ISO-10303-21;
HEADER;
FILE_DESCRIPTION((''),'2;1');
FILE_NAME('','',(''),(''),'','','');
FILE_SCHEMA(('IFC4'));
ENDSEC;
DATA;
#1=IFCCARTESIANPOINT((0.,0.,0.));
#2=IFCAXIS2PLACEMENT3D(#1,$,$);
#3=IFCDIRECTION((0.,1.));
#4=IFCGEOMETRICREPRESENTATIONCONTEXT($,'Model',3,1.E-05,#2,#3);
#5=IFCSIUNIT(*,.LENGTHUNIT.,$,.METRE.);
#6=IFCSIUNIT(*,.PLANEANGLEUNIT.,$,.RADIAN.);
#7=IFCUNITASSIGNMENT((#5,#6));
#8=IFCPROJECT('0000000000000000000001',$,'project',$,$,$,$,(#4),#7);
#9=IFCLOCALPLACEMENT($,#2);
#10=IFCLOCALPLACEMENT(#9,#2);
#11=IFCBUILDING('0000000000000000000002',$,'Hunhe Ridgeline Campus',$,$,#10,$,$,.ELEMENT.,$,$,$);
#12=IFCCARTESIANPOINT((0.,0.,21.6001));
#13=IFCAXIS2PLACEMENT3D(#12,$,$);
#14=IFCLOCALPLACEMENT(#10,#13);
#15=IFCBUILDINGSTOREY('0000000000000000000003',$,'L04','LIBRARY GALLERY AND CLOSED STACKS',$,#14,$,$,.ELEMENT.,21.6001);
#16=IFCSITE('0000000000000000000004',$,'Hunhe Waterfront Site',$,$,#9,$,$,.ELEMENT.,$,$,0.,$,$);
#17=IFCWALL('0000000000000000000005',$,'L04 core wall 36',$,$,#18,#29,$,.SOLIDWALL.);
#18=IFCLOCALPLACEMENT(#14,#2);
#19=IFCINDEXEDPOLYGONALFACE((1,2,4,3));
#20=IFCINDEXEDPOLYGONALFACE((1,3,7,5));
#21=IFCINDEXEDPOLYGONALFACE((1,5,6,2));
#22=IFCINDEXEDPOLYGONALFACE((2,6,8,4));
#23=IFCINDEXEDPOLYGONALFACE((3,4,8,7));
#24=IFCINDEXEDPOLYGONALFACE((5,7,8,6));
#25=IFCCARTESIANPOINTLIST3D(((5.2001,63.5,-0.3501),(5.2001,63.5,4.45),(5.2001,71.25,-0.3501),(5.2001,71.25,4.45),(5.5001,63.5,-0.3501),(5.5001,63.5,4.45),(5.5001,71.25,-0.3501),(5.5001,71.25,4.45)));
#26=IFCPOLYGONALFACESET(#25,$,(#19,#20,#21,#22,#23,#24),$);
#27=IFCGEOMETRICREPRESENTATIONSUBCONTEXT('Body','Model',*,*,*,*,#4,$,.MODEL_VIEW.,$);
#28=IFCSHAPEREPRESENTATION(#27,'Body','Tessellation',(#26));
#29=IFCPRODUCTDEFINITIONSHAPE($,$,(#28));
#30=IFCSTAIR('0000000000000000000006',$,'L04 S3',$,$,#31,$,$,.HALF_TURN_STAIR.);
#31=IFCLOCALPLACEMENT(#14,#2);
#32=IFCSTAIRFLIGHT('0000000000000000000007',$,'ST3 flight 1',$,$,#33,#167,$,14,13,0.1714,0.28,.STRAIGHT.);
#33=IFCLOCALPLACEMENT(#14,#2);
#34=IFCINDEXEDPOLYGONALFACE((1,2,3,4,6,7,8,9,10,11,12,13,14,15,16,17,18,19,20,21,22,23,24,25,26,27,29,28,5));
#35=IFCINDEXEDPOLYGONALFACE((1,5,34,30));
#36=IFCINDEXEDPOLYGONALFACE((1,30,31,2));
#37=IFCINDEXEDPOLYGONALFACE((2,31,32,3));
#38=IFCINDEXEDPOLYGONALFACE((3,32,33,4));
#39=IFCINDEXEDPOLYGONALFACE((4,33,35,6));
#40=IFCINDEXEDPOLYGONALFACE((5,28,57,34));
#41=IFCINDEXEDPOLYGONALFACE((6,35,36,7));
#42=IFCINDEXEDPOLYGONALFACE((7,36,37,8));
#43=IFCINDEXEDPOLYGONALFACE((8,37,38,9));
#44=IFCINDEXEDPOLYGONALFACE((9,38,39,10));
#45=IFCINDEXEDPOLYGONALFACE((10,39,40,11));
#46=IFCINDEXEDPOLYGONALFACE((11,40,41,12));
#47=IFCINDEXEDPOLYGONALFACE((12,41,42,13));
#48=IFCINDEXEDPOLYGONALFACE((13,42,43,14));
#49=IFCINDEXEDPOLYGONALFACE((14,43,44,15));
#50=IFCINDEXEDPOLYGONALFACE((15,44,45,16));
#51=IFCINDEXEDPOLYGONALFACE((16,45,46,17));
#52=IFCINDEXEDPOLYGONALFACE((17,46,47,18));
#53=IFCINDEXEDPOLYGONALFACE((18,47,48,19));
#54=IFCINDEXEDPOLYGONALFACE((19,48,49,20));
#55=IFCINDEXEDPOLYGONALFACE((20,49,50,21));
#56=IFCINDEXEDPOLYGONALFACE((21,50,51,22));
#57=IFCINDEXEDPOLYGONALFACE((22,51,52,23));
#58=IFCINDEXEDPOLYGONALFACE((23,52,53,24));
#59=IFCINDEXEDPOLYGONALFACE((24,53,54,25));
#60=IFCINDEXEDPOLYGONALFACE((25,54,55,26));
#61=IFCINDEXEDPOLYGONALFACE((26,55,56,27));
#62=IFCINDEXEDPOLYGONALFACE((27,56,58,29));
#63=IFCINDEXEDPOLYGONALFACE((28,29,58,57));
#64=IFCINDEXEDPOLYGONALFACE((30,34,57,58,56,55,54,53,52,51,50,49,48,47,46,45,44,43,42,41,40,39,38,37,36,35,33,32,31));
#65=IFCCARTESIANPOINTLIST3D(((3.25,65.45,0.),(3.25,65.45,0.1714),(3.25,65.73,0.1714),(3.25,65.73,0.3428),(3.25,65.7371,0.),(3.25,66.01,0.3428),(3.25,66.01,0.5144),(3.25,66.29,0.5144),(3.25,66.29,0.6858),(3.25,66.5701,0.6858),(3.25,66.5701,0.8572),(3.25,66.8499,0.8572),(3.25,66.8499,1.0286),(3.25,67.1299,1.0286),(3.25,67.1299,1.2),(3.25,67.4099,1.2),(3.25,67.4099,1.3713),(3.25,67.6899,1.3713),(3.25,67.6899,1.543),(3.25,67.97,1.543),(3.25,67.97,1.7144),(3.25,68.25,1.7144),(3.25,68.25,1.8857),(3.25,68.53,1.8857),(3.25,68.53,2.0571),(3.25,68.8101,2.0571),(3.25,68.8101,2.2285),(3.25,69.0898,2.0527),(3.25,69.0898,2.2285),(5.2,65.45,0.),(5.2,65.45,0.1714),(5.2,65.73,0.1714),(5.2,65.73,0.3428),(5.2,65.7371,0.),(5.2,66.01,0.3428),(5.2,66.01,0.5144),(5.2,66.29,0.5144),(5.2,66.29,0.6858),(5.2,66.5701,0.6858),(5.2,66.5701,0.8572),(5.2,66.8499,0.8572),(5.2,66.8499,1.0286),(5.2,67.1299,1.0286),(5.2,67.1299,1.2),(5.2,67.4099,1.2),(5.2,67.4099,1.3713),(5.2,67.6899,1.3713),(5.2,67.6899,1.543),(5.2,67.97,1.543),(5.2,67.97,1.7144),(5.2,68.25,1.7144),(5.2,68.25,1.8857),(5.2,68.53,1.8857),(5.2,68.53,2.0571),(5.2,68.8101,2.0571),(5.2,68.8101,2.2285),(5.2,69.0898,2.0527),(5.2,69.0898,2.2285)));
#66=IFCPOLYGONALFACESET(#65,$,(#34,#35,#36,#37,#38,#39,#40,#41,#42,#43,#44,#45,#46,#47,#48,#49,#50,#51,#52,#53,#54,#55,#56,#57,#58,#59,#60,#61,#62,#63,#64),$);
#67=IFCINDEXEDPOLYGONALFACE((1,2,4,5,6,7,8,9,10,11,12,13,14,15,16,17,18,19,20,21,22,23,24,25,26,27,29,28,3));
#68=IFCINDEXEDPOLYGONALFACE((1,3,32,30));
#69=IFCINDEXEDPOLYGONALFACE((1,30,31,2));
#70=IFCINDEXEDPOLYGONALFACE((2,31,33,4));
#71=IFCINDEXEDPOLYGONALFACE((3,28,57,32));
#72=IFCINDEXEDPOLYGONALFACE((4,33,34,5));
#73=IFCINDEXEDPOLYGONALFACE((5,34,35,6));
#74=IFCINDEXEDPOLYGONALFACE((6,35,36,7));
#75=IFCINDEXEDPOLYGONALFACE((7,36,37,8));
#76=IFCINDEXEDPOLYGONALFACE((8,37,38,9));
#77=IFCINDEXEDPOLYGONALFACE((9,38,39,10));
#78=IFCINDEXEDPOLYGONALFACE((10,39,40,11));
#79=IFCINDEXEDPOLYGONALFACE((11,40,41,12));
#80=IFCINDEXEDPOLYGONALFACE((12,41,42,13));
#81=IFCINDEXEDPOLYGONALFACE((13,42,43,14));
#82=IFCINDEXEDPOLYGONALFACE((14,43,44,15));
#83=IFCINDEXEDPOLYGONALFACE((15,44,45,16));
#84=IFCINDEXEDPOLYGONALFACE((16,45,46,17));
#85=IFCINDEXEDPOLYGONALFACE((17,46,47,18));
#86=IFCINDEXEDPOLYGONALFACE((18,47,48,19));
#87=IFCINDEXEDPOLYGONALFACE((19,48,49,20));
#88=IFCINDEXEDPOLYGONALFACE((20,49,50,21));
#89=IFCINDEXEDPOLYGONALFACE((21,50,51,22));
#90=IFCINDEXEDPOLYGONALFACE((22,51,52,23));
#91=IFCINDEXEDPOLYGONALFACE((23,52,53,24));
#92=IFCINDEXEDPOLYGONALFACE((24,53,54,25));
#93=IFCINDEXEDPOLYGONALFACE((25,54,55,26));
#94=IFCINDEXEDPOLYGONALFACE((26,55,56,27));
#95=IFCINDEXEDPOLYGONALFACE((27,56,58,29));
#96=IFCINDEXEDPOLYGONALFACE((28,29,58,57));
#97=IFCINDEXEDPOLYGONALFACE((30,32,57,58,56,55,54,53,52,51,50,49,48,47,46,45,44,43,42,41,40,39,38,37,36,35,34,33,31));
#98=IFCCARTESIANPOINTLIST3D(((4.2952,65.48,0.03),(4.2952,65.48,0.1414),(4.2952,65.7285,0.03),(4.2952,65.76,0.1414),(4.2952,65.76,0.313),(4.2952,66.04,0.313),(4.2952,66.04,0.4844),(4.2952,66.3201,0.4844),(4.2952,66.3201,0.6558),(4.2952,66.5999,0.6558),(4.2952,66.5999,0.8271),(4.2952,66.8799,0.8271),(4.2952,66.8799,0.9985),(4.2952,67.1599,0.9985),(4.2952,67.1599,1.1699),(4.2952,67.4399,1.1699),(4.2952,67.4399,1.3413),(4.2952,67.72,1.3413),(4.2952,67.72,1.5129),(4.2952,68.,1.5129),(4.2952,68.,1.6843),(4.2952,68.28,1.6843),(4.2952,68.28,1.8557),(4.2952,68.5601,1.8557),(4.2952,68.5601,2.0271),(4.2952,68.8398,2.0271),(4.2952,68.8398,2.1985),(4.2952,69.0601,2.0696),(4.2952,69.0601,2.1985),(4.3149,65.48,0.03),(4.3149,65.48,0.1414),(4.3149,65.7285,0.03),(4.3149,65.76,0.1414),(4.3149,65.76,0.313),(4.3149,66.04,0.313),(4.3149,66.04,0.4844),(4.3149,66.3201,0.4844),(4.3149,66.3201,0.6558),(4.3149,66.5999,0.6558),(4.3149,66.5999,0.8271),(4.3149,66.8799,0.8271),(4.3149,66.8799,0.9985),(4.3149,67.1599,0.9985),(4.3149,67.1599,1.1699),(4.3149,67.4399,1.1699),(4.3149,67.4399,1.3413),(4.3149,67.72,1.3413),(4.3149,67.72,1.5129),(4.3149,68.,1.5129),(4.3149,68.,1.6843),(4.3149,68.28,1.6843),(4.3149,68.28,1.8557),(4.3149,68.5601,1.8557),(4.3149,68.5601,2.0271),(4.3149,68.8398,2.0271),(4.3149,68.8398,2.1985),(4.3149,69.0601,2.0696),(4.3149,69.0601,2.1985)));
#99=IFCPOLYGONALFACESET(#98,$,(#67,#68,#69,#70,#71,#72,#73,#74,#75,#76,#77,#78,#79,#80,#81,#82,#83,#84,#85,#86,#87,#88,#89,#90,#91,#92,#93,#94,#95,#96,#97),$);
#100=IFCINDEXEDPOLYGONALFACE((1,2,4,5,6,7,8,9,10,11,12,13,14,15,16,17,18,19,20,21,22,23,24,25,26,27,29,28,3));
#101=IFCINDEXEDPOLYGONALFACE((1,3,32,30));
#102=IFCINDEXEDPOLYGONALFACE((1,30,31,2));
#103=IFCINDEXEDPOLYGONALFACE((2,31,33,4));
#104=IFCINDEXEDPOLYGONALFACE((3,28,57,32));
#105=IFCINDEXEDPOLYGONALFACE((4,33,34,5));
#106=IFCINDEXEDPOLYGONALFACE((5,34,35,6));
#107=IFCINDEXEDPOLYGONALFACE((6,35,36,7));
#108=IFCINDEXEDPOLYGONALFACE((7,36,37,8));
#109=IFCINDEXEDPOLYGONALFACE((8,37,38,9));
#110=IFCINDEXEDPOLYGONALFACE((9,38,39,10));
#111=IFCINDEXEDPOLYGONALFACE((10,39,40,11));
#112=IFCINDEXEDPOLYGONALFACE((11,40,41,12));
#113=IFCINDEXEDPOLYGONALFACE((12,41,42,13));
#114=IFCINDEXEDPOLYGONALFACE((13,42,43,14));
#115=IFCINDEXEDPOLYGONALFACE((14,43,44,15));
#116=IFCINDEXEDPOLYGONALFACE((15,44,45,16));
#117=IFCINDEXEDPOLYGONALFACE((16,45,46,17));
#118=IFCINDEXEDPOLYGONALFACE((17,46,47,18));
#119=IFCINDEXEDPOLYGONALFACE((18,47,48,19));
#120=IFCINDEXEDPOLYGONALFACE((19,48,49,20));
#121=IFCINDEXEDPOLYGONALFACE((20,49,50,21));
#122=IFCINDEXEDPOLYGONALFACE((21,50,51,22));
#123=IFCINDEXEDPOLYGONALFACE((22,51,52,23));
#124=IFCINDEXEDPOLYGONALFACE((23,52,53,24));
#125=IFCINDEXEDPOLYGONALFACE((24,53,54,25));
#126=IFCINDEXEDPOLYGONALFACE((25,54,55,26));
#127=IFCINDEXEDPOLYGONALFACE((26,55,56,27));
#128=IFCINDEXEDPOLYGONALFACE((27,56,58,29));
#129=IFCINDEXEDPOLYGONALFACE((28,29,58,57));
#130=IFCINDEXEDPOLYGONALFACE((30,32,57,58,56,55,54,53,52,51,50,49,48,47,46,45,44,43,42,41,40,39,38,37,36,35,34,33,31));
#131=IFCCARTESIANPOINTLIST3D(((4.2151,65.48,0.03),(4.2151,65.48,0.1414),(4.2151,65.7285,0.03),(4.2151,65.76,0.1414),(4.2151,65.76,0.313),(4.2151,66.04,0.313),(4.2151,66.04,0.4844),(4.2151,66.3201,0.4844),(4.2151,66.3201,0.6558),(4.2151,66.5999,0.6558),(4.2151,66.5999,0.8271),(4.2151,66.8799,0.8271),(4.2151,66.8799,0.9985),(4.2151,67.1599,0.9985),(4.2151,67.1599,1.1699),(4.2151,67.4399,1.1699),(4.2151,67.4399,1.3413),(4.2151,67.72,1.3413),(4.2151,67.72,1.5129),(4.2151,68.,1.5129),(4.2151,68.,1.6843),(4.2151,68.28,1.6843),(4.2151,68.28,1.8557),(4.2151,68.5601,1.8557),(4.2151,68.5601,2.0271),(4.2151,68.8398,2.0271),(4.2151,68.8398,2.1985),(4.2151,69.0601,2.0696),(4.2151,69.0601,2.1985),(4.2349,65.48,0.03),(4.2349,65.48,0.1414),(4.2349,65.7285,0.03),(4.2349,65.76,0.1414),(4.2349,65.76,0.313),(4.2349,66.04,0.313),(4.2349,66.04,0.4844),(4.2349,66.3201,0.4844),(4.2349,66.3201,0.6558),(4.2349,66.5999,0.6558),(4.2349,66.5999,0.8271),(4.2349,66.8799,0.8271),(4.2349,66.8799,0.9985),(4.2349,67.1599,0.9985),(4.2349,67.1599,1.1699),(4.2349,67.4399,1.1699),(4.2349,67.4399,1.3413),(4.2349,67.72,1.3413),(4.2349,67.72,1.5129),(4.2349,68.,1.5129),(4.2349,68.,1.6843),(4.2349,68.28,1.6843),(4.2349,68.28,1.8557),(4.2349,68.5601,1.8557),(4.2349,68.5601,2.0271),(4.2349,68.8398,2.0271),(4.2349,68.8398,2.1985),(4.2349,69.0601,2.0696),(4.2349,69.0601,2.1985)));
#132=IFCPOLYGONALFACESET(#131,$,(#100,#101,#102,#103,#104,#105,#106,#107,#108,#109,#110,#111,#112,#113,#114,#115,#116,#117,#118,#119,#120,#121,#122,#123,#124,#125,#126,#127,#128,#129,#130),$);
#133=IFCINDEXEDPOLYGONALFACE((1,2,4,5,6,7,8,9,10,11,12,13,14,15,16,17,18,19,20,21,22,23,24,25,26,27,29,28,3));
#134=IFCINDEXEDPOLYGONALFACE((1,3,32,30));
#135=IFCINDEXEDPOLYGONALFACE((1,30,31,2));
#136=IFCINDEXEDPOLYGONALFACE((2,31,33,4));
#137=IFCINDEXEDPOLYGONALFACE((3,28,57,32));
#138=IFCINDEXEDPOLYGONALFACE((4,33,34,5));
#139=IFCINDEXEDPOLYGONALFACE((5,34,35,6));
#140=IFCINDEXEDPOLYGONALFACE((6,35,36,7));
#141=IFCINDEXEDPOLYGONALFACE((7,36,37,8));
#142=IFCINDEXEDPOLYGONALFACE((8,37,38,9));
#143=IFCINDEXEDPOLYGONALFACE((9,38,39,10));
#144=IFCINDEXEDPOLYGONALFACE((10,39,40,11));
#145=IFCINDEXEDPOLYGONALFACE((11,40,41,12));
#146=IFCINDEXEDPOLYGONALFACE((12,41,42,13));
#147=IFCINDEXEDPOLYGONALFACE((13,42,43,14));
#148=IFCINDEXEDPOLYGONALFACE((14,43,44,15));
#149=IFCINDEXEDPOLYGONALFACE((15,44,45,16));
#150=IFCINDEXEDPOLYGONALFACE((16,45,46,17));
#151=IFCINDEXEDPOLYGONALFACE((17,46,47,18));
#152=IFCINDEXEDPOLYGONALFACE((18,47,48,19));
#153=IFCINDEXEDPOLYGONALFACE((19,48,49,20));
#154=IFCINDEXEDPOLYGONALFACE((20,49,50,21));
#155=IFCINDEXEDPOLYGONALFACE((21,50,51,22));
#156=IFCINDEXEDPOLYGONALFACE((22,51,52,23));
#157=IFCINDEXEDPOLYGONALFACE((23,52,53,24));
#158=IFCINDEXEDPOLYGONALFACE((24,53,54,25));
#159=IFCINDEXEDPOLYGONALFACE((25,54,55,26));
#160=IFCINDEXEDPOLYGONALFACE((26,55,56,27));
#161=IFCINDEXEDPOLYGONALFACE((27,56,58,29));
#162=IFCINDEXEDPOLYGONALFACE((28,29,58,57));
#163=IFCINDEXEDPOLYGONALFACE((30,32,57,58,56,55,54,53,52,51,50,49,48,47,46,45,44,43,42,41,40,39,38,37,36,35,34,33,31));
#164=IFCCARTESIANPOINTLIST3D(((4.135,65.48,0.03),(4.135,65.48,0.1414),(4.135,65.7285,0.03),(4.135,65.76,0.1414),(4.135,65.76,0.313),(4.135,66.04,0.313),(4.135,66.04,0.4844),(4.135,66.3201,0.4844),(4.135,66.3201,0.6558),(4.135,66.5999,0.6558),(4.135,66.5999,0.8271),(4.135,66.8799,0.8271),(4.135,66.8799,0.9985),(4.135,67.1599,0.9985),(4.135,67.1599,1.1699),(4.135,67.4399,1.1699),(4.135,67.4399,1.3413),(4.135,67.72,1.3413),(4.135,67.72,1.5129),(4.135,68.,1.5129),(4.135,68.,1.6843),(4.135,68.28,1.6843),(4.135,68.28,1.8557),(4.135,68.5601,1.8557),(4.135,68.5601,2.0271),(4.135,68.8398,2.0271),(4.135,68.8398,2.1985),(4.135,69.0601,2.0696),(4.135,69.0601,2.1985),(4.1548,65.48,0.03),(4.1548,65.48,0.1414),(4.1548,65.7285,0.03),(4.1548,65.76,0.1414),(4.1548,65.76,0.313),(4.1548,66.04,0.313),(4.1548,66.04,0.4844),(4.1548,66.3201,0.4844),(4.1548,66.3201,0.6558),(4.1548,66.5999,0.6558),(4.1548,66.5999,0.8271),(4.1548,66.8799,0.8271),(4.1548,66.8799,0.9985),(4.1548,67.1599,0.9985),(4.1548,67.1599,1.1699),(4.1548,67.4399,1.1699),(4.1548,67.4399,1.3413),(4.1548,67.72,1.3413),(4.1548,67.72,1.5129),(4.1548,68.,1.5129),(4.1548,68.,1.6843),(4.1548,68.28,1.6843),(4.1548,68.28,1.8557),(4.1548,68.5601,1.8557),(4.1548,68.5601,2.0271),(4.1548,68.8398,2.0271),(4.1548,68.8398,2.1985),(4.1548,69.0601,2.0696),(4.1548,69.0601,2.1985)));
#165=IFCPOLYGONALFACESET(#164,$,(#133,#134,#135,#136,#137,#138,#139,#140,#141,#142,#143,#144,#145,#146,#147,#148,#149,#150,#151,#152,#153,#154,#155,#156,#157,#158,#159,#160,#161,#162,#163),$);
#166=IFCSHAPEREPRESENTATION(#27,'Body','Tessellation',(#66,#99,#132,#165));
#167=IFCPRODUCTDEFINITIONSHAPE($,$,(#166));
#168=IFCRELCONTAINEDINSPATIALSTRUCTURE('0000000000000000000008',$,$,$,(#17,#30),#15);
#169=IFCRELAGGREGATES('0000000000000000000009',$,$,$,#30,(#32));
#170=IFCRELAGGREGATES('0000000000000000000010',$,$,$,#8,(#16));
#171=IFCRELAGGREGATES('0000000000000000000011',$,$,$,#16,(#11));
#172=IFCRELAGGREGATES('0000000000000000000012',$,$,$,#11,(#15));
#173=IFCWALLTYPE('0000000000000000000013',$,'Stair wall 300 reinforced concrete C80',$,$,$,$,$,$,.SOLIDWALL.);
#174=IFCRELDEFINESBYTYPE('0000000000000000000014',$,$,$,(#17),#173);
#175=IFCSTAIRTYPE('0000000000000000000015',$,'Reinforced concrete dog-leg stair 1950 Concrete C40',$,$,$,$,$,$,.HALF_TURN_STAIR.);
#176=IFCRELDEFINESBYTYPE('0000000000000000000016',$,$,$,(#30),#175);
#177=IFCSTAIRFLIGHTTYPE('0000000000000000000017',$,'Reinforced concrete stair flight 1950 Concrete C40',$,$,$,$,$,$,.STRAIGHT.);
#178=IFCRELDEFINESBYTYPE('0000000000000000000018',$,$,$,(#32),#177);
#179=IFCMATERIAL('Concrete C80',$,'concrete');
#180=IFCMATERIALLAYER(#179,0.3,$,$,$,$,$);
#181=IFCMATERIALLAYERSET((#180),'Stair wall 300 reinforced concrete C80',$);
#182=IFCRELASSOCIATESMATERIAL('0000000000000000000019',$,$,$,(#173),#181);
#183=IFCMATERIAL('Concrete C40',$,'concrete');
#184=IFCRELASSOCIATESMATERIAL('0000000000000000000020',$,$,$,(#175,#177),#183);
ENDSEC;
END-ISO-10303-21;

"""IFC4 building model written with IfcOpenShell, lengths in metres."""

from ifc_helpers import new_model, si_unit, direction, frame, frame_2d, origin, place, context, subcontext, project, spatial, polyline, rectangle, outline, extrude, material, layer, layer_set, type_object, element, aggregate, save


model = new_model("IFC4")

# Units and contexts
model_context = context("Model", 3, precision=1e-05, world=origin(), true_north=direction((0.0, 1.0)))
body_context = subcontext(model_context, "Body", "Model", "MODEL_VIEW")
ifc_project = project(units=[si_unit("LENGTHUNIT", "METRE"), si_unit("PLANEANGLEUNIT", "RADIAN")], contexts=[model_context])

# Site, building, storey
site_placement = place(None, origin())
site = spatial("IfcSite", under=ifc_project, at=site_placement, Name="Hunhe Waterfront Site", CompositionType="ELEMENT", RefElevation=0.0)
building_placement = place(site_placement, origin())
building = spatial("IfcBuilding", under=site, at=building_placement, Name="Hunhe Ridgeline Campus", CompositionType="ELEMENT")
storey_placement = place(building_placement, frame((0.0, 0.0, 21.6001)))
storey = spatial("IfcBuildingStorey", under=building, at=storey_placement, Name="L04", Description="LIBRARY GALLERY AND CLOSED STACKS", CompositionType="ELEMENT", Elevation=21.6001)

# Shared definitions
ifc_material_1 = material(Name="Concrete C80", Category="concrete")

# Shared definitions
ifc_layer_1 = layer(ifc_material_1, 0.3)
ifc_layer_set_1 = layer_set([ifc_layer_1], Name="Stair wall 300 reinforced concrete C80")
wall_type_1 = type_object("IfcWallType", Name="Stair wall 300 reinforced concrete C80", PredefinedType="SOLIDWALL", material=ifc_layer_set_1)

# Wall
wall_1_placement = place(storey_placement, frame((5.3501, 63.5, -0.3501), z_axis=(0.0, 0.0, 1.0), x_axis=(0.0, 1.0, 0.0)))
element("IfcWall", 1, at=wall_1_placement, inside=storey, type_object=wall_type_1, Name="L04 core wall 36", PredefinedType="SOLIDWALL", context=body_context, shape_type="SweptSolid", body=[
    extrude(rectangle(XDim=7.75, YDim=0.3, at=frame_2d((3.875, 0.0))), origin(), (0.0, 0.0, 1.0), 4.8),
])

# Stair, stair flight
ifc_material_2 = material(Name="Concrete C40", Category="concrete")
stair_type = type_object("IfcStairType", Name="Reinforced concrete dog-leg stair 1950 Concrete C40", PredefinedType="HALF_TURN_STAIR", material=ifc_material_2)
stair_1_placement = place(storey_placement, origin())
stair_1 = element("IfcStair", 2, at=stair_1_placement, inside=storey, type_object=stair_type, Name="L04 S3", PredefinedType="HALF_TURN_STAIR")
stair_flight_type = type_object("IfcStairFlightType", Name="Reinforced concrete stair flight 1950 Concrete C40", PredefinedType="STRAIGHT", material=ifc_material_2)
stair_flight_1_placement = place(storey_placement, frame((4.2251, 65.45, 0.0), z_axis=(0.0, 0.0, 1.0), x_axis=(0.0, 1.0, 0.0)))
stair_flight_1 = element("IfcStairFlight", 3, at=stair_flight_1_placement, type_object=stair_flight_type, Name="ST3 flight 1", NumberOfRisers=14, NumberOfTreads=13, PredefinedType="STRAIGHT", RiserHeight=0.1714, TreadLength=0.28, context=body_context, shape_type="SweptSolid", body=[
    extrude(outline(polyline([(0.0, 0.0), (0.0, 0.1714), (0.28, 0.1714), (0.28, 0.3428), (0.5601, 0.3428), (0.5601, 0.5144), (0.8401, 0.5144), (0.8401, 0.6858), (1.1201, 0.6858), (1.1201, 0.8572), (1.3999, 0.8572), (1.3999, 1.0286), (1.6799, 1.0286), (1.6799, 1.2), (1.96, 1.2), (1.96, 1.3713), (2.24, 1.3713), (2.24, 1.543), (2.52, 1.543), (2.52, 1.7144), (2.8, 1.7144), (2.8, 1.8857), (3.0801, 1.8857), (3.0801, 2.0571), (3.3601, 2.0571), (3.3601, 2.2285), (3.6399, 2.2285), (3.6399, 2.3999), (3.6399, 2.0527), (0.2871, 0.0), (0.0, 0.0)])), frame((0.0, 0.9751, 0.0), z_axis=(0.0, -1.0, 0.0), x_axis=(1.0, 0.0, 0.0)), (0.0, 0.0, 1.0), 1.95),
    extrude(outline(polyline([(0.03, 0.03), (0.03, 0.1414), (0.3101, 0.1414), (0.3101, 0.313), (0.5901, 0.313), (0.5901, 0.4844), (0.8701, 0.4844), (0.8701, 0.6558), (1.1499, 0.6558), (1.1499, 0.8271), (1.4299, 0.8271), (1.4299, 0.9985), (1.71, 0.9985), (1.71, 1.1699), (1.99, 1.1699), (1.99, 1.3413), (2.27, 1.3413), (2.27, 1.5129), (2.55, 1.5129), (2.55, 1.6843), (2.8301, 1.6843), (2.8301, 1.8557), (3.1101, 1.8557), (3.1101, 2.0271), (3.3899, 2.0271), (3.3899, 2.1985), (3.6101, 2.1985), (3.6101, 2.0696), (0.2786, 0.03), (0.03, 0.03)])), frame((0.0, -0.0701, 0.0), z_axis=(0.0, -1.0, 0.0), x_axis=(1.0, 0.0, 0.0)), (0.0, 0.0, 1.0), 0.0198),
    extrude(outline(polyline([(0.03, 0.03), (0.03, 0.1414), (0.3101, 0.1414), (0.3101, 0.313), (0.5901, 0.313), (0.5901, 0.4844), (0.8701, 0.4844), (0.8701, 0.6558), (1.1499, 0.6558), (1.1499, 0.8271), (1.4299, 0.8271), (1.4299, 0.9985), (1.71, 0.9985), (1.71, 1.1699), (1.99, 1.1699), (1.99, 1.3413), (2.27, 1.3413), (2.27, 1.5129), (2.55, 1.5129), (2.55, 1.6843), (2.8301, 1.6843), (2.8301, 1.8557), (3.1101, 1.8557), (3.1101, 2.0271), (3.3899, 2.0271), (3.3899, 2.1985), (3.6101, 2.1985), (3.6101, 2.0696), (0.2786, 0.03), (0.03, 0.03)])), frame((0.0, 0.01, 0.0), z_axis=(0.0, -1.0, 0.0), x_axis=(1.0, 0.0, 0.0)), (0.0, 0.0, 1.0), 0.0198),
    extrude(outline(polyline([(0.03, 0.03), (0.03, 0.1414), (0.3101, 0.1414), (0.3101, 0.313), (0.5901, 0.313), (0.5901, 0.4844), (0.8701, 0.4844), (0.8701, 0.6558), (1.1499, 0.6558), (1.1499, 0.8271), (1.4299, 0.8271), (1.4299, 0.9985), (1.71, 0.9985), (1.71, 1.1699), (1.99, 1.1699), (1.99, 1.3413), (2.27, 1.3413), (2.27, 1.5129), (2.55, 1.5129), (2.55, 1.6843), (2.8301, 1.6843), (2.8301, 1.8557), (3.1101, 1.8557), (3.1101, 2.0271), (3.3899, 2.0271), (3.3899, 2.1985), (3.6101, 2.1985), (3.6101, 2.0696), (0.2786, 0.03), (0.03, 0.03)])), frame((0.0, 0.0901, 0.0), z_axis=(0.0, -1.0, 0.0), x_axis=(1.0, 0.0, 0.0)), (0.0, 0.0, 1.0), 0.0198),
])
aggregate(stair_1, [stair_flight_1])

save(model, "model.ifc")
